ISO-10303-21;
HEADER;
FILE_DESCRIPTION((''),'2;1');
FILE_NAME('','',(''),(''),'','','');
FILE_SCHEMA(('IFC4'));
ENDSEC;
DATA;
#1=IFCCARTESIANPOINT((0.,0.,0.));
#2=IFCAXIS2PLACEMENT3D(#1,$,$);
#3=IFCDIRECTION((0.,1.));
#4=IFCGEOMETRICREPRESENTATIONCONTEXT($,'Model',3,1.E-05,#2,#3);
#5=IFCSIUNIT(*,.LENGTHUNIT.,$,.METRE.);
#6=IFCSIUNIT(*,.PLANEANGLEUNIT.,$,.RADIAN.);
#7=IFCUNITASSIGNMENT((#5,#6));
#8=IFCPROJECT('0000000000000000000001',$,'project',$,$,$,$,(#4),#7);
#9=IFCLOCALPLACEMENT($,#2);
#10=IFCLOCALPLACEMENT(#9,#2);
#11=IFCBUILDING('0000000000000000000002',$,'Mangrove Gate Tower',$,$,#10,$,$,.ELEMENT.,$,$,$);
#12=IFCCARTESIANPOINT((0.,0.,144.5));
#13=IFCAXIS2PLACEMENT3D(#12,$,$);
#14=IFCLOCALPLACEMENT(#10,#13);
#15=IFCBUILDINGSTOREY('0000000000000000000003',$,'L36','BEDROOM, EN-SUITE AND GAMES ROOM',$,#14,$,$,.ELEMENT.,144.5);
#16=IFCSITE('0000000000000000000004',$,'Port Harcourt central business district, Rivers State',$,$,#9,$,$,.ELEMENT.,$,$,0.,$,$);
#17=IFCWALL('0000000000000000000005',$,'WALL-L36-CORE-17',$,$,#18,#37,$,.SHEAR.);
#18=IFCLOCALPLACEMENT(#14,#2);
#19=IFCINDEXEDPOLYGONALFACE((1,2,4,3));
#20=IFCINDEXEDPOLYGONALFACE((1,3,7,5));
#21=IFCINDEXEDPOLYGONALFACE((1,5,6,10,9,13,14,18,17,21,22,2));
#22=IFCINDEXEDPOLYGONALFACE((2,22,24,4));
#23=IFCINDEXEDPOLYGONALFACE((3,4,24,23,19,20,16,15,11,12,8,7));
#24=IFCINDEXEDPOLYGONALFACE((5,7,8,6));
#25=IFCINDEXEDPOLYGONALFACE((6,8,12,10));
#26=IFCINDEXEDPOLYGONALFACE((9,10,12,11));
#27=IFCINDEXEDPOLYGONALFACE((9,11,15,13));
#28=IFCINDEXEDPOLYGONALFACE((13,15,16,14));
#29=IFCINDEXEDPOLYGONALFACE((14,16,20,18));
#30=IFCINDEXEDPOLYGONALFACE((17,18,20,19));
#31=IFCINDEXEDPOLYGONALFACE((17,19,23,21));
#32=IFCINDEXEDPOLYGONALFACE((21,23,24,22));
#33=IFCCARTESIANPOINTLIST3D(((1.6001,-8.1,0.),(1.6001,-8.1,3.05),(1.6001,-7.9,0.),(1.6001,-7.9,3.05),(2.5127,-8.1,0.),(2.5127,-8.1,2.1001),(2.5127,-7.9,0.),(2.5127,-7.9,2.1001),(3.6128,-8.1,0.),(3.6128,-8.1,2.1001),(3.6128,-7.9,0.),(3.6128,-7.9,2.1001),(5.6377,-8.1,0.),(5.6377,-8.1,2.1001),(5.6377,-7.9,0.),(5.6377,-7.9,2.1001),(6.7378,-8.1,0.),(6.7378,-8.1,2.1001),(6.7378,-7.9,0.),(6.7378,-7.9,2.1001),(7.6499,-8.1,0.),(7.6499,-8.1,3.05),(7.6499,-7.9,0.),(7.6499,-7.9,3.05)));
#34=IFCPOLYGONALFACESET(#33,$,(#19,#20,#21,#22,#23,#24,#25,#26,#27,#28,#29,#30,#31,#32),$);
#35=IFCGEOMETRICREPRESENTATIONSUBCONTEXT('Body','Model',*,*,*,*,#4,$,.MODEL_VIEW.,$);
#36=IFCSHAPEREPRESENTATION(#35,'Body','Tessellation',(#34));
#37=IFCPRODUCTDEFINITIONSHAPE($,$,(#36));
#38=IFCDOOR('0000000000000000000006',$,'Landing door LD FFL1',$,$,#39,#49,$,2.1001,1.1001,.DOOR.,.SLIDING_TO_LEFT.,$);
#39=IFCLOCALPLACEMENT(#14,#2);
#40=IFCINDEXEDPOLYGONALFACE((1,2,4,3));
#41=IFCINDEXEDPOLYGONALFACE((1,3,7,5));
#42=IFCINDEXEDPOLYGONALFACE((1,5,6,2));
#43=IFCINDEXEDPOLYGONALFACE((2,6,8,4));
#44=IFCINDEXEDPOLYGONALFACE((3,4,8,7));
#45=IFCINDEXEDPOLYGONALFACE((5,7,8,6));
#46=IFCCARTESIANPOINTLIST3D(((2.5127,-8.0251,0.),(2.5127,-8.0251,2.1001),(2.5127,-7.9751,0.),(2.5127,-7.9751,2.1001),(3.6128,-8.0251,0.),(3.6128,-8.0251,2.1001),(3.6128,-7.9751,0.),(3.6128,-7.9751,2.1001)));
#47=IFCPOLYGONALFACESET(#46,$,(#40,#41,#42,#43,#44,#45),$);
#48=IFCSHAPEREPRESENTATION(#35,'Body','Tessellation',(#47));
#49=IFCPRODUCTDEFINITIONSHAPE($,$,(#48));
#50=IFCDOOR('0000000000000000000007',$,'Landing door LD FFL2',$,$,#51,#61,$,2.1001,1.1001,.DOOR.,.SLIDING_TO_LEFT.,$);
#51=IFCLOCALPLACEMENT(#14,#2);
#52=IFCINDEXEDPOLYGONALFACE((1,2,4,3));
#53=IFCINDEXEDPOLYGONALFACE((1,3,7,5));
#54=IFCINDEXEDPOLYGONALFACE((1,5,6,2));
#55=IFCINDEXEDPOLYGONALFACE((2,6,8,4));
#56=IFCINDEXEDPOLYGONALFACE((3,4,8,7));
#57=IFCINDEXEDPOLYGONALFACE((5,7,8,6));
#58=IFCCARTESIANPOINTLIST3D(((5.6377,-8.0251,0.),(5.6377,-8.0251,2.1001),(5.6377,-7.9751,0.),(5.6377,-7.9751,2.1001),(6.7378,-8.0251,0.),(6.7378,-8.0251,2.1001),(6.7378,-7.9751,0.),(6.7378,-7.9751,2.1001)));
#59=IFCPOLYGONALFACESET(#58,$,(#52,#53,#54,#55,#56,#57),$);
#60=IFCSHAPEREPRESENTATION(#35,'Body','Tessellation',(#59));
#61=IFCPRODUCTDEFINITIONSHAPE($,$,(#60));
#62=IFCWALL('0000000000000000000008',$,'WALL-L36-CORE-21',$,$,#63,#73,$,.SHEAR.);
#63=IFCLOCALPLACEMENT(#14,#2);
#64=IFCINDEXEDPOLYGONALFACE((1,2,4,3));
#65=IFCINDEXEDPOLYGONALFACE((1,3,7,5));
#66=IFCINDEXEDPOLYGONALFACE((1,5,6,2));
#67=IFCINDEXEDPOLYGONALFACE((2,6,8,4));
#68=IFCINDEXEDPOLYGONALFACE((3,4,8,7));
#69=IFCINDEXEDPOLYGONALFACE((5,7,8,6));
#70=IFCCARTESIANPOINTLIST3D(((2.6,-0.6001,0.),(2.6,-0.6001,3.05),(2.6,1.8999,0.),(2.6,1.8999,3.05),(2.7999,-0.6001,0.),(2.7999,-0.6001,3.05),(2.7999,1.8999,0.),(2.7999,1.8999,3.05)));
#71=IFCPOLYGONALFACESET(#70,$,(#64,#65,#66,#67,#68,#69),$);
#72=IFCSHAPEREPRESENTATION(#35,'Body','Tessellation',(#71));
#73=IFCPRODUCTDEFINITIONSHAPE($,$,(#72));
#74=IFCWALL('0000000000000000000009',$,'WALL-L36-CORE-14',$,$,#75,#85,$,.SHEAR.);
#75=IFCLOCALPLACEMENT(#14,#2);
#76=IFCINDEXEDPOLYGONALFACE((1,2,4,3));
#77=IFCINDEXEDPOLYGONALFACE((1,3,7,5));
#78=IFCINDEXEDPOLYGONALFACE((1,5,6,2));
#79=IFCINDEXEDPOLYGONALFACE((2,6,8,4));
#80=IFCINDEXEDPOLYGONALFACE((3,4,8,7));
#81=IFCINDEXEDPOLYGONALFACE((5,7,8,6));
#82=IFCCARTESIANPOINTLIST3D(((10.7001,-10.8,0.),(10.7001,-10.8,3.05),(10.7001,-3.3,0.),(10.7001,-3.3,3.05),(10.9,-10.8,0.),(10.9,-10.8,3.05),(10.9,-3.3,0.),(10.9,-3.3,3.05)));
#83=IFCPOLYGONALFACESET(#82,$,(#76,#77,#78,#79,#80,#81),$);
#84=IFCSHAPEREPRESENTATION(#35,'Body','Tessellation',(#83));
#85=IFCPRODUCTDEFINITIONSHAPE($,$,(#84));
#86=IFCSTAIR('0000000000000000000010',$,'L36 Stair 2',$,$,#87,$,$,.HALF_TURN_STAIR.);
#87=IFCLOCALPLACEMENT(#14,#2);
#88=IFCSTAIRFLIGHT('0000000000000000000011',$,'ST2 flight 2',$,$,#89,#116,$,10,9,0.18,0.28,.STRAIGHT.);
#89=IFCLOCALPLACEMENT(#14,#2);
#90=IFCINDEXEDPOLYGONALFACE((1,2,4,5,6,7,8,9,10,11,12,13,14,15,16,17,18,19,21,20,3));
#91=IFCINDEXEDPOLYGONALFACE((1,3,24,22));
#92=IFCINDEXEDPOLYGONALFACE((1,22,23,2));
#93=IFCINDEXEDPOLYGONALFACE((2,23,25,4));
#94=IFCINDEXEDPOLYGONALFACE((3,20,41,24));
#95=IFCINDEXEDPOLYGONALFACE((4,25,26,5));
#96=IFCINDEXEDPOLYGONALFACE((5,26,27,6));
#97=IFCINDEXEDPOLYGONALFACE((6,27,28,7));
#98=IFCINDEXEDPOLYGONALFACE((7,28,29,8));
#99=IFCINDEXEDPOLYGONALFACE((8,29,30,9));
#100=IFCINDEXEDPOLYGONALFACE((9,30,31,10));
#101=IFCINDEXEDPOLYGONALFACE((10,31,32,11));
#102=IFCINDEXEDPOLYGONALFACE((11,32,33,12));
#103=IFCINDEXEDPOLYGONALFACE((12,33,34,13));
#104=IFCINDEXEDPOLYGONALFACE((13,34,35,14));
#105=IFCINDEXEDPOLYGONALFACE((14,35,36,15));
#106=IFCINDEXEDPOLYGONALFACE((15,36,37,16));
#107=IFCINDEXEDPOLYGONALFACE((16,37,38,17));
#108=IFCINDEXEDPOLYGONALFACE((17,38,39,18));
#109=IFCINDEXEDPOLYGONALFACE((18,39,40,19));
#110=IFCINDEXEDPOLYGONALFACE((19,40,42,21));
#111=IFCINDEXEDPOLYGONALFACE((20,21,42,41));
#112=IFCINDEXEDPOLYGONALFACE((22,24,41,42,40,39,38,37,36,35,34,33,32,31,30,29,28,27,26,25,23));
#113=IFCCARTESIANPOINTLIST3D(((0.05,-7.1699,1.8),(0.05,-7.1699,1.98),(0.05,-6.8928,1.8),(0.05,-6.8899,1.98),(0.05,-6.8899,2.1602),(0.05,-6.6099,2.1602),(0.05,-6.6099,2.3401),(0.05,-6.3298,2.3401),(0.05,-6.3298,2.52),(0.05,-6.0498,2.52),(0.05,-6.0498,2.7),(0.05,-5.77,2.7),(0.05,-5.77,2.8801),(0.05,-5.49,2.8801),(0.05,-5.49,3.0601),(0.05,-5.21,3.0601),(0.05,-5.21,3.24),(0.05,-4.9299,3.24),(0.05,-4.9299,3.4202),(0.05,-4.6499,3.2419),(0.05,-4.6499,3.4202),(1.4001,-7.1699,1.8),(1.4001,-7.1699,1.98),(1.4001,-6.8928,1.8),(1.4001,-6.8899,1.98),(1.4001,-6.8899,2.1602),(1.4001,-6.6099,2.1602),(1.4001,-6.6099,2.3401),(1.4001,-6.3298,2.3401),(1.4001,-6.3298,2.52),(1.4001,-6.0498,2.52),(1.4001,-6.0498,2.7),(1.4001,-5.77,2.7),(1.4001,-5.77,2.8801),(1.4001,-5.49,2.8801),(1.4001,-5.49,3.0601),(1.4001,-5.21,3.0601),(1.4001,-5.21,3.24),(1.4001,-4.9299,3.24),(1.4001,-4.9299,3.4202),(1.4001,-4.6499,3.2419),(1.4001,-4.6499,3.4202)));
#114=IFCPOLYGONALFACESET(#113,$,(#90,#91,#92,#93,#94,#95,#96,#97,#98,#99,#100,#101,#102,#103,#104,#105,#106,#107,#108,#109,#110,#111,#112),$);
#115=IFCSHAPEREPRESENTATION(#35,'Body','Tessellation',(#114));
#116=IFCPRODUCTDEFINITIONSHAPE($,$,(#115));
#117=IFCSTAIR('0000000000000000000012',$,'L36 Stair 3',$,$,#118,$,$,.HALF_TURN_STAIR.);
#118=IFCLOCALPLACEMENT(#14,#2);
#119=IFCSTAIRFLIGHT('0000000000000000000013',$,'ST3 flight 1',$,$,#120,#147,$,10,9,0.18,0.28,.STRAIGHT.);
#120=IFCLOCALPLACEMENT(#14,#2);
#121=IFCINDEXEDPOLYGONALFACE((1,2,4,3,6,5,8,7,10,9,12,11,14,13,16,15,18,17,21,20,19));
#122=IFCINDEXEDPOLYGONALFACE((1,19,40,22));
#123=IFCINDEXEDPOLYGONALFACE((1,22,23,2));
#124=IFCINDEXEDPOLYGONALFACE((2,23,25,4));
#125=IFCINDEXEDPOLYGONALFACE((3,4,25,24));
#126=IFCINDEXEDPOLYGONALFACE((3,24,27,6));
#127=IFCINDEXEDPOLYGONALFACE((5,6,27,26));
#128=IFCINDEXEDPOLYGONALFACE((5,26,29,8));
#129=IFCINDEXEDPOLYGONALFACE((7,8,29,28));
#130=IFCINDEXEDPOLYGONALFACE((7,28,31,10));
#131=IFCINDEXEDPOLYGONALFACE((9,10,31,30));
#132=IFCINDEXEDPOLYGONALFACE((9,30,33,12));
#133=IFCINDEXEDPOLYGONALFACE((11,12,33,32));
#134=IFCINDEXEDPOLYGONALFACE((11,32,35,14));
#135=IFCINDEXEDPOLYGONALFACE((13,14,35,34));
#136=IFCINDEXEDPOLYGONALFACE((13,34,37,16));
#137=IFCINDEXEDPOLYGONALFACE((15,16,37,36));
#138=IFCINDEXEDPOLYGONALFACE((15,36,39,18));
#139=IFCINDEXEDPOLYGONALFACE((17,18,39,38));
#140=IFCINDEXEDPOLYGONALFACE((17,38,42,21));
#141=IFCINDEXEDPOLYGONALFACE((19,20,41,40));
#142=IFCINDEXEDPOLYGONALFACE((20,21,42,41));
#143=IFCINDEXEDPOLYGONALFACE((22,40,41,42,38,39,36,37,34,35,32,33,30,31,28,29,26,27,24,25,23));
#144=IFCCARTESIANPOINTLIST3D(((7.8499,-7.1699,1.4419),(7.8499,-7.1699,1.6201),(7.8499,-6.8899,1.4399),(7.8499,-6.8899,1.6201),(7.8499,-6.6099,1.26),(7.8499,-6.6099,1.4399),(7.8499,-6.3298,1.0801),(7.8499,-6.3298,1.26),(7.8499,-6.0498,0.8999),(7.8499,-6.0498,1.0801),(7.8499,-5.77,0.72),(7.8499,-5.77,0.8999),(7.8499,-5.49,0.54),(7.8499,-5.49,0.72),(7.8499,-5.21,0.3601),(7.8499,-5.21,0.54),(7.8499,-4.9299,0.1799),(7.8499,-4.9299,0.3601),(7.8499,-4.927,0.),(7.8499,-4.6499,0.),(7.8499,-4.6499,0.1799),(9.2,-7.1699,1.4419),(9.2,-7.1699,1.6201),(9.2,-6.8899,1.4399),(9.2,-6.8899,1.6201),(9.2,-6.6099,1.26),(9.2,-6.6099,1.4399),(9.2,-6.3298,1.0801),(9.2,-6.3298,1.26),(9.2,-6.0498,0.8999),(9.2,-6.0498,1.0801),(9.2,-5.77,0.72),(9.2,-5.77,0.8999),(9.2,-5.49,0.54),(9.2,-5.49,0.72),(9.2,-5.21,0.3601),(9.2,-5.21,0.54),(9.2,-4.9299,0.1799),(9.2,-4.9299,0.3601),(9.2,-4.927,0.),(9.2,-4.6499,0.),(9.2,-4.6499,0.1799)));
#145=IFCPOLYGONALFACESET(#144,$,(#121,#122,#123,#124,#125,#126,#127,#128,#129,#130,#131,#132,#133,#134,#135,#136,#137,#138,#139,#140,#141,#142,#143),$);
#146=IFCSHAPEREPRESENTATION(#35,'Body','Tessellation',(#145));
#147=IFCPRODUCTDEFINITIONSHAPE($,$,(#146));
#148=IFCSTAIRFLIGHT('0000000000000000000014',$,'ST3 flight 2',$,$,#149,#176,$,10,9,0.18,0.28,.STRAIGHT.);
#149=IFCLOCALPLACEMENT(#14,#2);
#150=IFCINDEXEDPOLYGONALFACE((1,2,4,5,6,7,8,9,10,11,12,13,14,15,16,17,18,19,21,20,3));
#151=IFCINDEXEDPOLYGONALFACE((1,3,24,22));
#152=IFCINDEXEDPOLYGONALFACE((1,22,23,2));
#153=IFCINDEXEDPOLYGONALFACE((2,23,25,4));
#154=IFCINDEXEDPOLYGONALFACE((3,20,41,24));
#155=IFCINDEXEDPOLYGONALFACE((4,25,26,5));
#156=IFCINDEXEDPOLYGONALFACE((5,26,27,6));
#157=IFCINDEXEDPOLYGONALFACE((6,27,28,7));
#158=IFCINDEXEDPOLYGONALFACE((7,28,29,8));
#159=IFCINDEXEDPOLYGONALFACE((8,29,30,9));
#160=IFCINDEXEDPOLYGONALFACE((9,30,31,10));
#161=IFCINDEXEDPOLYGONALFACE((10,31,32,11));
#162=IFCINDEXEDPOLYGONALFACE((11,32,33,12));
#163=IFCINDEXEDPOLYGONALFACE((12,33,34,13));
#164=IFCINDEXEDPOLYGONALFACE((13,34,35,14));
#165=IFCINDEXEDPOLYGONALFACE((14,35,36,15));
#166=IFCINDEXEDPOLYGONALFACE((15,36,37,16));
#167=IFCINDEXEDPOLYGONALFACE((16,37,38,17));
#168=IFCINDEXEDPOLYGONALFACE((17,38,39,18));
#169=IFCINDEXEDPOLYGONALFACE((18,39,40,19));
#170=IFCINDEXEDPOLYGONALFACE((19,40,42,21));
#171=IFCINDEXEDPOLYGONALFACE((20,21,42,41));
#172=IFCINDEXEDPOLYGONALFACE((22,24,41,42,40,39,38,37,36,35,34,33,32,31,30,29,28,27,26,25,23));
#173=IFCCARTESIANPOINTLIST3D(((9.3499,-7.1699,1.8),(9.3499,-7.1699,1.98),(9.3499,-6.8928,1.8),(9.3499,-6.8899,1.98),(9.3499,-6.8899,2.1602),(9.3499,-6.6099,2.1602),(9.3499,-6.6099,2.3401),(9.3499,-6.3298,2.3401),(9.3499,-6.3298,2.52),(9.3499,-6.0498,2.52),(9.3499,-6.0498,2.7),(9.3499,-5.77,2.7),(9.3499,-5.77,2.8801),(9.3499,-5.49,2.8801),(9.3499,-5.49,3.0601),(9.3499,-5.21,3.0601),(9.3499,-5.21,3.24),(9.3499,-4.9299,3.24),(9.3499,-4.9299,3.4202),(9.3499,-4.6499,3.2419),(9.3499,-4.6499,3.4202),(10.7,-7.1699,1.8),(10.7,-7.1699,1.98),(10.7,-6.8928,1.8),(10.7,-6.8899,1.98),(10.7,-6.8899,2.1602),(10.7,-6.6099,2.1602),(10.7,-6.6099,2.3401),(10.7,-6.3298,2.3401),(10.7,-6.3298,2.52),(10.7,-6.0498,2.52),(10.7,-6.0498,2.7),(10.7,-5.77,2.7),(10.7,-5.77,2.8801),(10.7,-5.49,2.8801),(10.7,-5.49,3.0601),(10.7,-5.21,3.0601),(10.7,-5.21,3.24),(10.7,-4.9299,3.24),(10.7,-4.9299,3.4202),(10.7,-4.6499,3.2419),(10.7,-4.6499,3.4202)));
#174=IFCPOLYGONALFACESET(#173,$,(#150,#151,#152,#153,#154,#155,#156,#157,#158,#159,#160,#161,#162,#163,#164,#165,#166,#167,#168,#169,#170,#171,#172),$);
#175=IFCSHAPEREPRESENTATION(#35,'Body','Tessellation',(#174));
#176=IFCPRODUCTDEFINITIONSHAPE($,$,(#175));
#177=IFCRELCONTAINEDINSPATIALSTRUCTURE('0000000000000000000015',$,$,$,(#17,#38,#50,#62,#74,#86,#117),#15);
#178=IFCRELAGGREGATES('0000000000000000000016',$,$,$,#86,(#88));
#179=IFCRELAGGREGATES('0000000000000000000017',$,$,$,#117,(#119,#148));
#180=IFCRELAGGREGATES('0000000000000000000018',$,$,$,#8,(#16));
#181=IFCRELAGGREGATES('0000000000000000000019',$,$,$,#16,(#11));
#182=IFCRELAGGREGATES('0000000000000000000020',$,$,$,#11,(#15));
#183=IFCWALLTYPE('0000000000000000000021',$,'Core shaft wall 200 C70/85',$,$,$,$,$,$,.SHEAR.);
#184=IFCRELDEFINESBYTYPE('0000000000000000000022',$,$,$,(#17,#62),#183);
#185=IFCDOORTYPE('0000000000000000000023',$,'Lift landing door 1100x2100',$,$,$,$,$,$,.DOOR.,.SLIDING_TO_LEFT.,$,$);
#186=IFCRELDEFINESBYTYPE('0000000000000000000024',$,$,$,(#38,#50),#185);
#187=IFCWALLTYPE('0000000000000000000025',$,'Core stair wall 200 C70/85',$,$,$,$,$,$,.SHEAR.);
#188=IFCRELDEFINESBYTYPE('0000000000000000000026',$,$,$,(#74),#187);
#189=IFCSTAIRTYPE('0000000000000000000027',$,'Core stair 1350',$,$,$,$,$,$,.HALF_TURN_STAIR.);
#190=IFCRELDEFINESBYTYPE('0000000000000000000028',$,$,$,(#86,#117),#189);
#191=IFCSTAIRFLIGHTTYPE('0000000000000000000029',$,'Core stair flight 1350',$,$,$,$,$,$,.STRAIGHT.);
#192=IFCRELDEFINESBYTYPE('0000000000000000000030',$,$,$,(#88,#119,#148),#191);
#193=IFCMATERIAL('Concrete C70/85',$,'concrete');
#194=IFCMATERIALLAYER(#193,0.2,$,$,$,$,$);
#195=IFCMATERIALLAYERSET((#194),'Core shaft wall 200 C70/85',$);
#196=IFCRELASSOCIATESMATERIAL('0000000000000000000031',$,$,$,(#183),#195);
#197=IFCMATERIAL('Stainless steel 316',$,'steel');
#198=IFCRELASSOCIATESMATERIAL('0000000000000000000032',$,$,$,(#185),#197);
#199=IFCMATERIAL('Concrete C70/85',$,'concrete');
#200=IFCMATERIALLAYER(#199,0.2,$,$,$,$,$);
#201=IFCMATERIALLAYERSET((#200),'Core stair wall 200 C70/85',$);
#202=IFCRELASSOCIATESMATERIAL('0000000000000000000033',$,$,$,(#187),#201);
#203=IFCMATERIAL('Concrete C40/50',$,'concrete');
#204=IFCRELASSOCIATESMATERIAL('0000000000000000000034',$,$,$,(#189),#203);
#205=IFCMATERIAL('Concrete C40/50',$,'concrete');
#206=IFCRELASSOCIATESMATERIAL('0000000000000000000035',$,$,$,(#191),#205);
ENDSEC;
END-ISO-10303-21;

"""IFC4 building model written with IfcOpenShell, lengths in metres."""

from ifc_helpers import new_model, si_unit, direction, frame, frame_2d, origin, place, context, subcontext, project, spatial, polyline, rectangle, outline, extrude, material, layer, layer_set, type_object, element, fill, aggregate, save


model = new_model("IFC4")

# Units and contexts
model_context = context("Model", 3, precision=1e-05, world=origin(), true_north=direction((0.0, 1.0)))
body_context = subcontext(model_context, "Body", "Model", "MODEL_VIEW")
ifc_project = project(units=[si_unit("LENGTHUNIT", "METRE"), si_unit("PLANEANGLEUNIT", "RADIAN")], contexts=[model_context])

# Site, building, storey
site_placement = place(None, origin())
site = spatial("IfcSite", under=ifc_project, at=site_placement, Name="Port Harcourt central business district, Rivers State", CompositionType="ELEMENT", RefElevation=0.0)
building_placement = place(site_placement, origin())
building = spatial("IfcBuilding", under=site, at=building_placement, Name="Mangrove Gate Tower", CompositionType="ELEMENT")
storey_placement = place(building_placement, frame((0.0, 0.0, 144.5)))
storey = spatial("IfcBuildingStorey", under=building, at=storey_placement, Name="L36", Description="BEDROOM, EN-SUITE AND GAMES ROOM", CompositionType="ELEMENT", Elevation=144.5)

# Wall, openings, doors
ifc_material_1 = material(Name="Concrete C70/85", Category="concrete")
ifc_layer_1 = layer(ifc_material_1, 0.2)
ifc_layer_set_1 = layer_set([ifc_layer_1], Name="Core shaft wall 200 C70/85")
wall_type_1 = type_object("IfcWallType", Name="Core shaft wall 200 C70/85", PredefinedType="SHEAR", material=ifc_layer_set_1)
wall_1_placement = place(storey_placement, frame((1.6001, -8.0, 0.0), z_axis=(0.0, 0.0, 1.0), x_axis=(1.0, 0.0, 0.0)))
wall_1 = element("IfcWall", 1, at=wall_1_placement, inside=storey, type_object=wall_type_1, Name="WALL-L36-CORE-17", PredefinedType="SHEAR", context=body_context, shape_type="SweptSolid", body=[
    extrude(rectangle(XDim=6.0498, YDim=0.2, at=frame_2d((3.0249, 0.0))), origin(), (0.0, 0.0, 1.0), 3.05),
])
opening_1_placement = place(wall_1_placement, frame((0.9126, 0.0, 0.0)))
opening_1 = element("IfcOpeningElement", 2, at=opening_1_placement, cuts=wall_1, PredefinedType="OPENING", context=body_context, shape_type="SweptSolid", body=[
    extrude(rectangle(XDim=1.1001, YDim=2.1001, at=frame_2d((0.55, 1.05))), frame((0.0, 0.1099, 0.0), z_axis=(0.0, -1.0, 0.0), x_axis=(1.0, 0.0, 0.0)), (0.0, 0.0, 1.0), 0.22),
])
opening_2_placement = place(wall_1_placement, frame((4.0376, 0.0, 0.0)))
opening_2 = element("IfcOpeningElement", 3, at=opening_2_placement, cuts=wall_1, PredefinedType="OPENING", context=body_context, shape_type="SweptSolid", body=[
    extrude(rectangle(XDim=1.1001, YDim=2.1001, at=frame_2d((0.55, 1.05))), frame((0.0, 0.1099, 0.0), z_axis=(0.0, -1.0, 0.0), x_axis=(1.0, 0.0, 0.0)), (0.0, 0.0, 1.0), 0.22),
])
ifc_material_2 = material(Name="Stainless steel 316", Category="steel")
door_type = type_object("IfcDoorType", Name="Lift landing door 1100x2100", OperationType="SLIDING_TO_LEFT", PredefinedType="DOOR", material=ifc_material_2)
door_1_placement = place(opening_1_placement, origin())
door_1 = element("IfcDoor", 4, at=door_1_placement, inside=storey, type_object=door_type, Name="Landing door LD FFL1", OperationType="SLIDING_TO_LEFT", OverallHeight=2.1001, OverallWidth=1.1001, PredefinedType="DOOR", context=body_context, shape_type="SweptSolid", body=[
    extrude(rectangle(XDim=1.1001, YDim=2.1001, at=frame_2d((0.55, 1.05))), frame((0.0, 0.0249, 0.0), z_axis=(0.0, -1.0, 0.0), x_axis=(1.0, 0.0, 0.0)), (0.0, 0.0, 1.0), 0.05),
])
fill(opening_1, door_1)
door_2_placement = place(opening_2_placement, origin())
door_2 = element("IfcDoor", 5, at=door_2_placement, inside=storey, type_object=door_type, Name="Landing door LD FFL2", OperationType="SLIDING_TO_LEFT", OverallHeight=2.1001, OverallWidth=1.1001, PredefinedType="DOOR", context=body_context, shape_type="SweptSolid", body=[
    extrude(rectangle(XDim=1.1001, YDim=2.1001, at=frame_2d((0.55, 1.05))), frame((0.0, 0.0249, 0.0), z_axis=(0.0, -1.0, 0.0), x_axis=(1.0, 0.0, 0.0)), (0.0, 0.0, 1.0), 0.05),
])
fill(opening_2, door_2)

# Walls
wall_2_placement = place(storey_placement, frame((2.7, -0.6001, 0.0), z_axis=(0.0, 0.0, 1.0), x_axis=(0.0, 1.0, 0.0)))
element("IfcWall", 6, at=wall_2_placement, inside=storey, type_object=wall_type_1, Name="WALL-L36-CORE-21", PredefinedType="SHEAR", context=body_context, shape_type="SweptSolid", body=[
    extrude(rectangle(XDim=2.5, YDim=0.2, at=frame_2d((1.25, 0.0))), origin(), (0.0, 0.0, 1.0), 3.05),
])
ifc_material_3 = material(Name="Concrete C70/85", Category="concrete")
ifc_layer_2 = layer(ifc_material_3, 0.2)
ifc_layer_set_2 = layer_set([ifc_layer_2], Name="Core stair wall 200 C70/85")
wall_type_2 = type_object("IfcWallType", Name="Core stair wall 200 C70/85", PredefinedType="SHEAR", material=ifc_layer_set_2)
wall_3_placement = place(storey_placement, frame((10.8, -10.8, 0.0), z_axis=(0.0, 0.0, 1.0), x_axis=(0.0, 1.0, 0.0)))
element("IfcWall", 7, at=wall_3_placement, inside=storey, type_object=wall_type_2, Name="WALL-L36-CORE-14", PredefinedType="SHEAR", context=body_context, shape_type="SweptSolid", body=[
    extrude(rectangle(XDim=7.5, YDim=0.2, at=frame_2d((3.75, 0.0))), origin(), (0.0, 0.0, 1.0), 3.05),
])

# Stair, stair flight
ifc_material_4 = material(Name="Concrete C40/50", Category="concrete")
stair_type = type_object("IfcStairType", Name="Core stair 1350", PredefinedType="HALF_TURN_STAIR", material=ifc_material_4)
stair_1_placement = place(storey_placement, origin())
stair_1 = element("IfcStair", 8, at=stair_1_placement, inside=storey, type_object=stair_type, Name="L36 Stair 2", PredefinedType="HALF_TURN_STAIR")
ifc_material_5 = material(Name="Concrete C40/50", Category="concrete")
stair_flight_type = type_object("IfcStairFlightType", Name="Core stair flight 1350", PredefinedType="STRAIGHT", material=ifc_material_5)
stair_flight_1_placement = place(storey_placement, frame((0.7251, -7.1699, 1.8), z_axis=(0.0, 0.0, 1.0), x_axis=(0.0, 1.0, 0.0)))
stair_flight_1 = element("IfcStairFlight", 9, at=stair_flight_1_placement, type_object=stair_flight_type, Name="ST2 flight 2", NumberOfRisers=10, NumberOfTreads=9, PredefinedType="STRAIGHT", RiserHeight=0.18, TreadLength=0.28, context=body_context, shape_type="SweptSolid", body=[
    extrude(outline(polyline([(0.0, 0.0), (0.0, 0.1799), (0.28, 0.1799), (0.28, 0.3601), (0.5601, 0.3601), (0.5601, 0.54), (0.8401, 0.54), (0.8401, 0.72), (1.1201, 0.72), (1.1201, 0.8999), (1.3999, 0.8999), (1.3999, 1.0801), (1.6799, 1.0801), (1.6799, 1.26), (1.96, 1.26), (1.96, 1.4399), (2.24, 1.4399), (2.24, 1.6201), (2.52, 1.6201), (2.52, 1.8), (2.52, 1.4419), (0.2771, 0.0), (0.0, 0.0)])), frame((0.0, 0.675, 0.0), z_axis=(0.0, -1.0, 0.0), x_axis=(1.0, 0.0, 0.0)), (0.0, 0.0, 1.0), 1.3501),
])
aggregate(stair_1, [stair_flight_1])

# Stair, stair flights
stair_2_placement = place(storey_placement, origin())
stair_2 = element("IfcStair", 10, at=stair_2_placement, inside=storey, type_object=stair_type, Name="L36 Stair 3", PredefinedType="HALF_TURN_STAIR")
stair_flight_2_placement = place(storey_placement, frame((8.5249, -4.6499, 0.0), z_axis=(0.0, 0.0, 1.0), x_axis=(0.0, -1.0, 0.0)))
stair_flight_2 = element("IfcStairFlight", 11, at=stair_flight_2_placement, type_object=stair_flight_type, Name="ST3 flight 1", NumberOfRisers=10, NumberOfTreads=9, PredefinedType="STRAIGHT", RiserHeight=0.18, TreadLength=0.28, context=body_context, shape_type="SweptSolid", body=[
    extrude(outline(polyline([(0.0, 0.0), (0.0, 0.1799), (0.28, 0.1799), (0.28, 0.3601), (0.5601, 0.3601), (0.5601, 0.54), (0.8401, 0.54), (0.8401, 0.72), (1.1201, 0.72), (1.1201, 0.8999), (1.3999, 0.8999), (1.3999, 1.0801), (1.6799, 1.0801), (1.6799, 1.26), (1.96, 1.26), (1.96, 1.4399), (2.24, 1.4399), (2.24, 1.6201), (2.52, 1.6201), (2.52, 1.8), (2.52, 1.4419), (0.2771, 0.0), (0.0, 0.0)])), frame((0.0, 0.675, 0.0), z_axis=(0.0, -1.0, 0.0), x_axis=(1.0, 0.0, 0.0)), (0.0, 0.0, 1.0), 1.3501),
])
stair_flight_3_placement = place(storey_placement, frame((10.0249, -7.1699, 1.8), z_axis=(0.0, 0.0, 1.0), x_axis=(0.0, 1.0, 0.0)))
stair_flight_3 = element("IfcStairFlight", 12, at=stair_flight_3_placement, type_object=stair_flight_type, Name="ST3 flight 2", NumberOfRisers=10, NumberOfTreads=9, PredefinedType="STRAIGHT", RiserHeight=0.18, TreadLength=0.28, context=body_context, shape_type="SweptSolid", body=[
    extrude(outline(polyline([(0.0, 0.0), (0.0, 0.1799), (0.28, 0.1799), (0.28, 0.3601), (0.5601, 0.3601), (0.5601, 0.54), (0.8401, 0.54), (0.8401, 0.72), (1.1201, 0.72), (1.1201, 0.8999), (1.3999, 0.8999), (1.3999, 1.0801), (1.6799, 1.0801), (1.6799, 1.26), (1.96, 1.26), (1.96, 1.4399), (2.24, 1.4399), (2.24, 1.6201), (2.52, 1.6201), (2.52, 1.8), (2.52, 1.4419), (0.2771, 0.0), (0.0, 0.0)])), frame((0.0, 0.675, 0.0), z_axis=(0.0, -1.0, 0.0), x_axis=(1.0, 0.0, 0.0)), (0.0, 0.0, 1.0), 1.3501),
])
aggregate(stair_2, [stair_flight_2, stair_flight_3])

save(model, "model.ifc")
